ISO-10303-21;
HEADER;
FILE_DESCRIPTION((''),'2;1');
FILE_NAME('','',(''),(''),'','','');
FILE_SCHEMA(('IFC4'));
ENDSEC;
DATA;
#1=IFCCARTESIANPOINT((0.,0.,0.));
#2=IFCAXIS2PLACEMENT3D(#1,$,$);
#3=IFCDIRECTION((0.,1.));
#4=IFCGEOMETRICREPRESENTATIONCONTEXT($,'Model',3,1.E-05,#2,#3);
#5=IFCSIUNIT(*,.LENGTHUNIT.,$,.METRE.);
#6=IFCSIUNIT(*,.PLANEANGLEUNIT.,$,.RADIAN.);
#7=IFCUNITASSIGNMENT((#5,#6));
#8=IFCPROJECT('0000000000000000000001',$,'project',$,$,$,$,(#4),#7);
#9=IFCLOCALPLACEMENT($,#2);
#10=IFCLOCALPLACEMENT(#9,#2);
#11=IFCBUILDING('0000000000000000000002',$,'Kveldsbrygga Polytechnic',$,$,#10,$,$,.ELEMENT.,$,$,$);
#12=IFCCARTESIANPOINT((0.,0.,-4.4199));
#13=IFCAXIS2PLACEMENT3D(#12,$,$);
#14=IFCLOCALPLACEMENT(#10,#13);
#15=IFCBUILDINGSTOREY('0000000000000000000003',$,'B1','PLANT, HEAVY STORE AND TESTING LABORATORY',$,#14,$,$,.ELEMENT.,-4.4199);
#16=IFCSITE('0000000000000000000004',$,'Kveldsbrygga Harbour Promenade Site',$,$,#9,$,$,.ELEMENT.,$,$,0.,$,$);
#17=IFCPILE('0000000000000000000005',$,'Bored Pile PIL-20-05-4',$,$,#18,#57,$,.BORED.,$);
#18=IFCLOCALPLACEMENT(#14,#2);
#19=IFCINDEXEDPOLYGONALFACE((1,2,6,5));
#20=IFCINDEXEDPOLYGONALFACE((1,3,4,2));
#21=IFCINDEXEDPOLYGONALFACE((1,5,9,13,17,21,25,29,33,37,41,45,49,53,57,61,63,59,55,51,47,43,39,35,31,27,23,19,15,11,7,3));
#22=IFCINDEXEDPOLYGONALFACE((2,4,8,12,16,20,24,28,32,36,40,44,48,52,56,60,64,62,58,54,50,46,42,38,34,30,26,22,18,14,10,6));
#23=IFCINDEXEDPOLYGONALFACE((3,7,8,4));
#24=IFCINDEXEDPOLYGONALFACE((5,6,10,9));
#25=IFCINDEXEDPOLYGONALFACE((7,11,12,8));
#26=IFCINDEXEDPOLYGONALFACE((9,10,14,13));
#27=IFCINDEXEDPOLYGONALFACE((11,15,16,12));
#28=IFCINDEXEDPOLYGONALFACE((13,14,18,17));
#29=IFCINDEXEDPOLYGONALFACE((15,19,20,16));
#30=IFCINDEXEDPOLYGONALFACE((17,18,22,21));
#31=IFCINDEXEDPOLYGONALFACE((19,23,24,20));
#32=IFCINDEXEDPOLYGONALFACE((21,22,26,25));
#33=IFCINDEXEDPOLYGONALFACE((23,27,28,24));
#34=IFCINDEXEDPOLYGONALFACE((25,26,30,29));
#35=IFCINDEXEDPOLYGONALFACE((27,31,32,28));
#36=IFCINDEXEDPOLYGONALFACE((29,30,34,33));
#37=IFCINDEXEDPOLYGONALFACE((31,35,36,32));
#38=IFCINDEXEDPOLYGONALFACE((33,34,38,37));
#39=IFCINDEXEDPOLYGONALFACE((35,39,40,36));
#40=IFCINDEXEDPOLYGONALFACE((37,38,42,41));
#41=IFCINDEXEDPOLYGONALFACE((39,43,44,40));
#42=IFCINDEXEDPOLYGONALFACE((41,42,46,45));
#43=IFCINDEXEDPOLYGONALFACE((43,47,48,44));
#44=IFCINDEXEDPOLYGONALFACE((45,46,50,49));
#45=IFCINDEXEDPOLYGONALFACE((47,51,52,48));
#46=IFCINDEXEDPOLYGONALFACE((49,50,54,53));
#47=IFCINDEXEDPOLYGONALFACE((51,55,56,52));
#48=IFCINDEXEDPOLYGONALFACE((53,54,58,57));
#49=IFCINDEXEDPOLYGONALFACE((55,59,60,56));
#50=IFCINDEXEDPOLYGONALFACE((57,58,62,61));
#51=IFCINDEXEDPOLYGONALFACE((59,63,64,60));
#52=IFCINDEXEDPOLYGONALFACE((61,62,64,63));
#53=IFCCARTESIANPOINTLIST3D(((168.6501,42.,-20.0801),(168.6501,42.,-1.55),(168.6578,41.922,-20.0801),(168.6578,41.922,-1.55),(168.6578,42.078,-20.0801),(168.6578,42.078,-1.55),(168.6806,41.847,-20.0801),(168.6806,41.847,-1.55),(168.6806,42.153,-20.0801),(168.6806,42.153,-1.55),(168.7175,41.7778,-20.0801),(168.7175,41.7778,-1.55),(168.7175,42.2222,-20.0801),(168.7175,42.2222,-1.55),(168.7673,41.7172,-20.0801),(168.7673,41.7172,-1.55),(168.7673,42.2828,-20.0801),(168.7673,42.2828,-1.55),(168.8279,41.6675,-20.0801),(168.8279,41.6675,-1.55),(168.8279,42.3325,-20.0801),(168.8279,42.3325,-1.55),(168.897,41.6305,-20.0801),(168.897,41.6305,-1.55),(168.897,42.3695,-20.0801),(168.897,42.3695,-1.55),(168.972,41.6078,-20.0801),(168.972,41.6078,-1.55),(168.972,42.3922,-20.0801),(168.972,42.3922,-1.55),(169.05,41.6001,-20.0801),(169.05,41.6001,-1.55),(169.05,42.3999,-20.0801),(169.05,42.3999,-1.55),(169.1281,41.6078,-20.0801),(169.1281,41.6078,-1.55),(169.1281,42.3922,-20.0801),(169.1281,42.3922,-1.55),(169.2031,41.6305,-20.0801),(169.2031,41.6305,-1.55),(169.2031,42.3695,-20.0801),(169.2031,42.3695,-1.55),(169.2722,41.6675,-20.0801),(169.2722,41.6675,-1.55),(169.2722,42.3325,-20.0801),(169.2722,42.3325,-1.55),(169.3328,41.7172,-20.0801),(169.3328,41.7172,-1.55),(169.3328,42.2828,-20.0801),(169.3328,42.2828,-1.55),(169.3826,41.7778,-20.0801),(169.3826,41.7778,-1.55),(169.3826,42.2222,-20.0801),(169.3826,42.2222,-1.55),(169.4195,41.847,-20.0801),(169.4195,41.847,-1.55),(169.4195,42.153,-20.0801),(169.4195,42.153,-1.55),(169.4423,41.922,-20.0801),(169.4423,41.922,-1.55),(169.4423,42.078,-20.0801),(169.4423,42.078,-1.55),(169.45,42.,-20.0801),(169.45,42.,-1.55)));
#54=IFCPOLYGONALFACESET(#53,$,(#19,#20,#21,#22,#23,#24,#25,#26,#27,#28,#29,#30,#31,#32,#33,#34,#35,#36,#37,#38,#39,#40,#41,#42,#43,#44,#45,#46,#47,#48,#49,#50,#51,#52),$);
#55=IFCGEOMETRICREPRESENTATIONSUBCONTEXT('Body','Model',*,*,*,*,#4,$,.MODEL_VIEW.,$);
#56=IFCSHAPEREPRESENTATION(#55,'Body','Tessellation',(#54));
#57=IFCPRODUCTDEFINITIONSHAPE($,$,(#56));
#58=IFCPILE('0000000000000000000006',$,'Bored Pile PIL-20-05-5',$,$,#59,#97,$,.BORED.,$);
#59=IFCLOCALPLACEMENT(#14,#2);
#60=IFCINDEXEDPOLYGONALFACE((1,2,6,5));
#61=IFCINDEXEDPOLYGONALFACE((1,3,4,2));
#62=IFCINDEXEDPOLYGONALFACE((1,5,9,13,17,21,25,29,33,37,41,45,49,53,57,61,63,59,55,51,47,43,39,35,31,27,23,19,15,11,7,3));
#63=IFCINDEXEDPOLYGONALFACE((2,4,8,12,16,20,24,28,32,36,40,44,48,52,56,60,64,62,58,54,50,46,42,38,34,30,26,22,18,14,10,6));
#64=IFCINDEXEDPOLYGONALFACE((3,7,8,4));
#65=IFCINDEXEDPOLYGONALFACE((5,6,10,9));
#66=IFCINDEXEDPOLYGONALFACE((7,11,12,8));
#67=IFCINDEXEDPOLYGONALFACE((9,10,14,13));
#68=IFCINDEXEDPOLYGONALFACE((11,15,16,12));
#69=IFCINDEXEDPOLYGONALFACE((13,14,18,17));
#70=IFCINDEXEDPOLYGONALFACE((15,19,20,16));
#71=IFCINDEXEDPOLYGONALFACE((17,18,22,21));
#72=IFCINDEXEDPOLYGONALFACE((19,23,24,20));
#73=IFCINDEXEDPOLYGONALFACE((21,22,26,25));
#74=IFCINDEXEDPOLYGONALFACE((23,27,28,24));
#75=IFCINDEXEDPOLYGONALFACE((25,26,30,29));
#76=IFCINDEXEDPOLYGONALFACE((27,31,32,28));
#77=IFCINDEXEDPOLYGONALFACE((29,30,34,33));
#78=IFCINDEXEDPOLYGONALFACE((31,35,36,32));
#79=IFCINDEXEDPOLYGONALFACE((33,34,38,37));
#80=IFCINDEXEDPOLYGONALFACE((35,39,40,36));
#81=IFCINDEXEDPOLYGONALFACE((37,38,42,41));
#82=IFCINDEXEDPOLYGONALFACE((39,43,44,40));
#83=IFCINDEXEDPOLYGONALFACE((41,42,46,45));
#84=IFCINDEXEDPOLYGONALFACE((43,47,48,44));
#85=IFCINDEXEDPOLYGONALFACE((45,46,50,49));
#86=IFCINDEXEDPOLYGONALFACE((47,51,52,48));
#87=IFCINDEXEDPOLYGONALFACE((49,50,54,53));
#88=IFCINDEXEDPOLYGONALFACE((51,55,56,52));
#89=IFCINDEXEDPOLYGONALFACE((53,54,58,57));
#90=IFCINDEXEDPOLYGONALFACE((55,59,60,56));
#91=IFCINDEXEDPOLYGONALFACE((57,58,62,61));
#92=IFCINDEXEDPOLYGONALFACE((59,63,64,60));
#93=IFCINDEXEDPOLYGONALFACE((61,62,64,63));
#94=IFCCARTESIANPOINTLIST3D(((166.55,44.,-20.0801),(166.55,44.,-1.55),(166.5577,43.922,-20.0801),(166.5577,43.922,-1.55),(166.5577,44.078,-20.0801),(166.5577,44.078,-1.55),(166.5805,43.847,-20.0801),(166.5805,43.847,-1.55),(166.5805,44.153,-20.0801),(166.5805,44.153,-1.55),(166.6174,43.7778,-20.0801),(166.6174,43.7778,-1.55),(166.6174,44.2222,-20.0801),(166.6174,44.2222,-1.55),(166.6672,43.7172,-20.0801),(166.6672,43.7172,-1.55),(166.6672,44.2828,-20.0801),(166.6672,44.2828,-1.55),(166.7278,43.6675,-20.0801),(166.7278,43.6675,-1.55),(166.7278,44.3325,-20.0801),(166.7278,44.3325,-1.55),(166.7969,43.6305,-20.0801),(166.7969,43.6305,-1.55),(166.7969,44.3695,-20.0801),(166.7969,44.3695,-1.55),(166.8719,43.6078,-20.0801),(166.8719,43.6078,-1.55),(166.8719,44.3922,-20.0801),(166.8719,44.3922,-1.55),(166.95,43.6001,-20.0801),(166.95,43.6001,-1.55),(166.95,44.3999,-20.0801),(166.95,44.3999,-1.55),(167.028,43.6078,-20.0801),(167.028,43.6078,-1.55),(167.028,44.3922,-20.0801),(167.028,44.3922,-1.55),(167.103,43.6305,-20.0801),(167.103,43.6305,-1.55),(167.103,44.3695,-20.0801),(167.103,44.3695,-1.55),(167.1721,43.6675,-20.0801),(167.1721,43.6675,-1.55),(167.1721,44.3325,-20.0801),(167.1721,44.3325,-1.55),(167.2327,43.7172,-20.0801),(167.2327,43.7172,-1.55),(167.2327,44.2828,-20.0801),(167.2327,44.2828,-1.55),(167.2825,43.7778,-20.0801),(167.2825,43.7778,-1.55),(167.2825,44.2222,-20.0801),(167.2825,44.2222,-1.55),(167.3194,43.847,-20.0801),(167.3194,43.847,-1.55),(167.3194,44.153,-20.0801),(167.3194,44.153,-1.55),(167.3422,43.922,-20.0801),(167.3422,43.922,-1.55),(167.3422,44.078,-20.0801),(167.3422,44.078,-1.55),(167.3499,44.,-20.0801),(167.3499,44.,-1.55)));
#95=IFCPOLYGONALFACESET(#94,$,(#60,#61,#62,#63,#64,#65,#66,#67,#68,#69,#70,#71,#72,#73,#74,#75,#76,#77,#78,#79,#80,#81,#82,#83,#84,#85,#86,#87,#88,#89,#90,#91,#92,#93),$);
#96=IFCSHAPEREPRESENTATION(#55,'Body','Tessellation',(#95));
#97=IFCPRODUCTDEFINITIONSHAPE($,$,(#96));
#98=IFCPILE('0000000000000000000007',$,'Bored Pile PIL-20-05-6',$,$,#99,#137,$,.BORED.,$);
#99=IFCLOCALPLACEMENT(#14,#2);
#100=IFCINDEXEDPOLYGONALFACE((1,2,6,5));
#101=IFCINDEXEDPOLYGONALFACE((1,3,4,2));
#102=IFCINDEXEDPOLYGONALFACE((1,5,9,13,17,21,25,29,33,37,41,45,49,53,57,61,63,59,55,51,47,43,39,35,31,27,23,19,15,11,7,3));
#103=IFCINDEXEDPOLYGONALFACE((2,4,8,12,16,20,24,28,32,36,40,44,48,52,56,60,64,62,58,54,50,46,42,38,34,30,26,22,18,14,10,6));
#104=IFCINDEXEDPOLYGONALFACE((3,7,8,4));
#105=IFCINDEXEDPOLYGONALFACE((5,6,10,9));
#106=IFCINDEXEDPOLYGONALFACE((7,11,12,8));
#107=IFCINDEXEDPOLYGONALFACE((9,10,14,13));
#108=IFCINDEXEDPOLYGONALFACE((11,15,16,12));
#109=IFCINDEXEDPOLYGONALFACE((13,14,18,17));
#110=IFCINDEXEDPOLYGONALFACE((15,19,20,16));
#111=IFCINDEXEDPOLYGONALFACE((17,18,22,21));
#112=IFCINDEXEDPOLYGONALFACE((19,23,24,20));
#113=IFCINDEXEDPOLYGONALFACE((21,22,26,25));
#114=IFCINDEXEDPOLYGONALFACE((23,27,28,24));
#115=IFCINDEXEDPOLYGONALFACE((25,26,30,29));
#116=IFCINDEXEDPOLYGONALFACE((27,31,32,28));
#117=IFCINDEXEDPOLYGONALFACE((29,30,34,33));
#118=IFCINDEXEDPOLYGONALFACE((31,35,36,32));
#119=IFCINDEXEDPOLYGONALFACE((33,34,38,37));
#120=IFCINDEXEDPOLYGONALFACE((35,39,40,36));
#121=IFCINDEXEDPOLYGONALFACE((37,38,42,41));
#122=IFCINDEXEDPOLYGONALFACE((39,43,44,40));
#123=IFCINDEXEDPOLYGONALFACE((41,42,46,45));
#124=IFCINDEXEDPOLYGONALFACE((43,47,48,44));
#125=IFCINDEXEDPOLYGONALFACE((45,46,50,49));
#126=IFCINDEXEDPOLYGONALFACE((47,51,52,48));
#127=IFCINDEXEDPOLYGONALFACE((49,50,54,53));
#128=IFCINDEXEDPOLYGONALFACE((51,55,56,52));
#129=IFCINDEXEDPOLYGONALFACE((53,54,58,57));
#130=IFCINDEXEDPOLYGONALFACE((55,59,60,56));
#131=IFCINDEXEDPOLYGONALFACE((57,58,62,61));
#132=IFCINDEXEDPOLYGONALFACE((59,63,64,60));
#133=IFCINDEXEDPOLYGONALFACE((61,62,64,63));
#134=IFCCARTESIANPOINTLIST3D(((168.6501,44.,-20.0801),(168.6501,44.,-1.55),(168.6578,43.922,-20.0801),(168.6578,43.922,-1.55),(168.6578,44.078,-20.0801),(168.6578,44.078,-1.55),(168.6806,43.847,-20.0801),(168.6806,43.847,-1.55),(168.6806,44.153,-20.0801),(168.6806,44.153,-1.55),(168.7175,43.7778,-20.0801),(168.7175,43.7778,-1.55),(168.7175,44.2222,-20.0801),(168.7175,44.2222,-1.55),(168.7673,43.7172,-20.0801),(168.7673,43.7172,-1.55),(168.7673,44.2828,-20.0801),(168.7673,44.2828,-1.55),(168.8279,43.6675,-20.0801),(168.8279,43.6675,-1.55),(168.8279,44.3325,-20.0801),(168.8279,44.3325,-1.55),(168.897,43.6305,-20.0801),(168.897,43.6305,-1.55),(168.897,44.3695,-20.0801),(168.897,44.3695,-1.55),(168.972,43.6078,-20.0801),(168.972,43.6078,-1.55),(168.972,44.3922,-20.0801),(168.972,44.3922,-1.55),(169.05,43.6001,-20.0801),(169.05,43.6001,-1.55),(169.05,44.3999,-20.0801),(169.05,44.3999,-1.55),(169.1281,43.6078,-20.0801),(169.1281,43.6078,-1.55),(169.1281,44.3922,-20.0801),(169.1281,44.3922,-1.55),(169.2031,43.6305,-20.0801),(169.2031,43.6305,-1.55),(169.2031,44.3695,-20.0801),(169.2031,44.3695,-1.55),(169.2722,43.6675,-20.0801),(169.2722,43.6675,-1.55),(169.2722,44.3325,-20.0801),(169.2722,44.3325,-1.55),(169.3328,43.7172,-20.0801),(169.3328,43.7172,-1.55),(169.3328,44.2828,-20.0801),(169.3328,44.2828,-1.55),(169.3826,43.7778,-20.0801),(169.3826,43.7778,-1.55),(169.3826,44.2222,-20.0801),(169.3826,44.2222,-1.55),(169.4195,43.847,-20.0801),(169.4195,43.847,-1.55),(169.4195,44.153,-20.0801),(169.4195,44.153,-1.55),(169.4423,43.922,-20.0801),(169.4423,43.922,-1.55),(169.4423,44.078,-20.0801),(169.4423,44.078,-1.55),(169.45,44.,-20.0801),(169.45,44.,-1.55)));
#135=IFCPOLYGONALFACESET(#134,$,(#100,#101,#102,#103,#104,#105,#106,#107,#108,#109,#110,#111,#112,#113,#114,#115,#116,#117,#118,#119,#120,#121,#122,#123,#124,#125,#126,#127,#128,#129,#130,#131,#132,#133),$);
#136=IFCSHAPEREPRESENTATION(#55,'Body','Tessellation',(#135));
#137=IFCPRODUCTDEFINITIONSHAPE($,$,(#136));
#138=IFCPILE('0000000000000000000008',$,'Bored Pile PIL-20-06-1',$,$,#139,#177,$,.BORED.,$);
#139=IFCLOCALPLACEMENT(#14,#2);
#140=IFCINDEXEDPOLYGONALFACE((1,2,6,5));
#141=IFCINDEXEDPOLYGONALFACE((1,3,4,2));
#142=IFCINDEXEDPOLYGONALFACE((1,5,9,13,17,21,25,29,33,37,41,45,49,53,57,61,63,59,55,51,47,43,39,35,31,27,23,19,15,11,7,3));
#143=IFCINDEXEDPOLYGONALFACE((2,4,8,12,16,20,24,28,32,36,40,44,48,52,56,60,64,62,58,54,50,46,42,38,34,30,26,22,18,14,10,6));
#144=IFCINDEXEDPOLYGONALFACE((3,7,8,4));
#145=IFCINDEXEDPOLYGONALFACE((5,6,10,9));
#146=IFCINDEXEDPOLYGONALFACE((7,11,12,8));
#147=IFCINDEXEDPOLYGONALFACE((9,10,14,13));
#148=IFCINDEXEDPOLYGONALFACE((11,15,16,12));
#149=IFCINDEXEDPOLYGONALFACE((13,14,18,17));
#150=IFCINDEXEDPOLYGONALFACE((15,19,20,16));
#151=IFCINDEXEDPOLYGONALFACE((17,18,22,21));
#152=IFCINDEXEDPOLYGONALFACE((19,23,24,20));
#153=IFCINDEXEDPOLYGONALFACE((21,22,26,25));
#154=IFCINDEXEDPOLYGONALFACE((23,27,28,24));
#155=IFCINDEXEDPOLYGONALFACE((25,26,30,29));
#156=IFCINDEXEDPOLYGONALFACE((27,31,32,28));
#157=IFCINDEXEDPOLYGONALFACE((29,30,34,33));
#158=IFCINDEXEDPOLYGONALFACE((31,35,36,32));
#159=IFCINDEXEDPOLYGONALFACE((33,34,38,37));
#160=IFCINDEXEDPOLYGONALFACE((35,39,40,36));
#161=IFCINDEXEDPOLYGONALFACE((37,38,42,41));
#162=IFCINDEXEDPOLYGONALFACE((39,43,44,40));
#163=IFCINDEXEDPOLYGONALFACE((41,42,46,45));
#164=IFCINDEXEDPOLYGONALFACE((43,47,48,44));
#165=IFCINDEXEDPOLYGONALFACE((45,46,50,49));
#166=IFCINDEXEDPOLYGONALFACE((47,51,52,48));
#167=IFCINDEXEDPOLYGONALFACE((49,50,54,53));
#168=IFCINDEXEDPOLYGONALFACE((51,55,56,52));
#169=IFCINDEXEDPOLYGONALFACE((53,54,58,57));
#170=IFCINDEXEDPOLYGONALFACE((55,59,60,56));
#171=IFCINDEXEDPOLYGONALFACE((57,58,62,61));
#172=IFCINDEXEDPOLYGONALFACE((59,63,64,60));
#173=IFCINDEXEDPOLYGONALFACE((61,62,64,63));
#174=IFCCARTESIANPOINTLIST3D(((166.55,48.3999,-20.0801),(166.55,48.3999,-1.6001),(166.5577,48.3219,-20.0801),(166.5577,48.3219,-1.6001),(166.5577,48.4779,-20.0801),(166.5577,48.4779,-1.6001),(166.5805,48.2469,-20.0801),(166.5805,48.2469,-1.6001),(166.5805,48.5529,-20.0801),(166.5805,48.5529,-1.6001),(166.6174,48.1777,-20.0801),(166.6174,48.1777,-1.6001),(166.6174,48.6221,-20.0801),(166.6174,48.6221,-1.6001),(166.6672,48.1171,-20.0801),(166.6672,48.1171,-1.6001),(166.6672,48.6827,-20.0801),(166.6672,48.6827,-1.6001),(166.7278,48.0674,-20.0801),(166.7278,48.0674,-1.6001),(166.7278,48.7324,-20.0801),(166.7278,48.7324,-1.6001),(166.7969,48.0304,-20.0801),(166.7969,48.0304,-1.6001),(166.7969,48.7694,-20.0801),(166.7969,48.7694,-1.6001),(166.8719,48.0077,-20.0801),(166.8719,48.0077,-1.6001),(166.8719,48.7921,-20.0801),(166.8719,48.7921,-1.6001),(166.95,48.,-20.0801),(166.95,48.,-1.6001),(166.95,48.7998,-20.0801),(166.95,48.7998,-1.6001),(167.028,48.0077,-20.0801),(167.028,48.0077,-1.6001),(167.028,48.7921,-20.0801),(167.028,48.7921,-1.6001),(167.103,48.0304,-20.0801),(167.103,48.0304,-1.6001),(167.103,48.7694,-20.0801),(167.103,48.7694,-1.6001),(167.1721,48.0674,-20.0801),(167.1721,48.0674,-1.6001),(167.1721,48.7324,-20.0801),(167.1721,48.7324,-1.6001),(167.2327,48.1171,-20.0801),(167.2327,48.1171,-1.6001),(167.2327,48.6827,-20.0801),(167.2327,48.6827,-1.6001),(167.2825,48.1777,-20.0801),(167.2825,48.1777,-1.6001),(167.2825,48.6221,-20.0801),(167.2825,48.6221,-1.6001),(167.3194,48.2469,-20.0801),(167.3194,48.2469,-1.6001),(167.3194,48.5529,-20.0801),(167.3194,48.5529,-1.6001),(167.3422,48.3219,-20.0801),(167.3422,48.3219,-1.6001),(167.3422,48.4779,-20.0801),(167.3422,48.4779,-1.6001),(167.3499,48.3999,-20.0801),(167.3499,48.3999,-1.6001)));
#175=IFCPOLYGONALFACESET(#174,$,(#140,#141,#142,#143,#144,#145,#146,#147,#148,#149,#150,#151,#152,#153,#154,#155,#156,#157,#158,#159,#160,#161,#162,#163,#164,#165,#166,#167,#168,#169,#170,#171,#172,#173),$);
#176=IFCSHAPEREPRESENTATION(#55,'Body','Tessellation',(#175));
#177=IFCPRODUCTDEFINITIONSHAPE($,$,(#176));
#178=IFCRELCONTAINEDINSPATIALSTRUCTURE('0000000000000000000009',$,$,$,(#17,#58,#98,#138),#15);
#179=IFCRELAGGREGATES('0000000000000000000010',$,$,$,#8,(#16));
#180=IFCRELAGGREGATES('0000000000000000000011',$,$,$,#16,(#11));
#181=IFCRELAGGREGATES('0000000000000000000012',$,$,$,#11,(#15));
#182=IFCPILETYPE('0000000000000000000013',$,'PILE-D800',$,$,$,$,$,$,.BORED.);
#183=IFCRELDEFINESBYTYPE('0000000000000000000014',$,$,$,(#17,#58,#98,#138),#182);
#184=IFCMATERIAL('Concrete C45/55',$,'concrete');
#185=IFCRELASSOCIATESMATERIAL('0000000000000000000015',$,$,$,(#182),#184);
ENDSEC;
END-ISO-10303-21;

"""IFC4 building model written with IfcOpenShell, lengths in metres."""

from ifc_helpers import new_model, si_unit, direction, frame, origin, origin_2d, place, context, subcontext, project, spatial, circle, extrude, material, material_profile, profile_set, type_object, element, save


model = new_model("IFC4")

# Units and contexts
model_context = context("Model", 3, precision=1e-05, world=origin(), true_north=direction((0.0, 1.0)))
body_context = subcontext(model_context, "Body", "Model", "MODEL_VIEW")
ifc_project = project(units=[si_unit("LENGTHUNIT", "METRE"), si_unit("PLANEANGLEUNIT", "RADIAN")], contexts=[model_context])

# Site, building, storey
site_placement = place(None, origin())
site = spatial("IfcSite", under=ifc_project, at=site_placement, Name="Kveldsbrygga Harbour Promenade Site", CompositionType="ELEMENT", RefElevation=0.0)
building_placement = place(site_placement, origin())
building = spatial("IfcBuilding", under=site, at=building_placement, Name="Kveldsbrygga Polytechnic", CompositionType="ELEMENT")
storey_placement = place(building_placement, frame((0.0, 0.0, -4.4199)))
storey = spatial("IfcBuildingStorey", under=building, at=storey_placement, Name="B1", Description="PLANT, HEAVY STORE AND TESTING LABORATORY", CompositionType="ELEMENT", Elevation=-4.4199)

# Shared definitions
ifc_material_1 = material(Name="Concrete C45/55", Category="concrete")

# Piles
ifc_material_profile_1 = material_profile(ifc_material_1, circle(Radius=0.3999, at=origin_2d()), Name="PILE D800")
ifc_profile_set_1 = profile_set([ifc_material_profile_1], Name="Concrete C45/55")
pile_type = type_object("IfcPileType", Name="PILE-D800", PredefinedType="BORED", material=ifc_profile_set_1)
for number, where, z_axis, x_axis, name in (
    (1, (169.05, 42.0, -1.55), (0.0, 0.0, -1.0), (1.0, 0.0, 0.0), "Bored Pile PIL-20-05-4"),
    (2, (166.95, 44.0, -1.55), (0.0, 0.0, -1.0), (1.0, 0.0, 0.0), "Bored Pile PIL-20-05-5"),
    (3, (169.05, 44.0, -1.55), (0.0, 0.0, -1.0), (1.0, 0.0, 0.0), "Bored Pile PIL-20-05-6"),
):
    element("IfcPile", number, at=place(storey_placement, frame(where, z_axis=z_axis, x_axis=x_axis)), inside=storey, type_object=pile_type, Name=name, PredefinedType="BORED", context=body_context, shape_type="SweptSolid", body=[
        extrude(circle(Radius=0.3999, at=origin_2d()), origin(), (0.0, 0.0, 1.0), 18.53),
    ])
for number, where, z_axis, x_axis, name in (
    (4, (166.95, 48.3999, -1.6001), (0.0, 0.0, -1.0), (1.0, 0.0, 0.0), "Bored Pile PIL-20-06-1"),
):
    element("IfcPile", number, at=place(storey_placement, frame(where, z_axis=z_axis, x_axis=x_axis)), inside=storey, type_object=pile_type, Name=name, PredefinedType="BORED", context=body_context, shape_type="SweptSolid", body=[
        extrude(circle(Radius=0.3999, at=origin_2d()), origin(), (0.0, 0.0, 1.0), 18.48),
    ])

save(model, "model.ifc")
